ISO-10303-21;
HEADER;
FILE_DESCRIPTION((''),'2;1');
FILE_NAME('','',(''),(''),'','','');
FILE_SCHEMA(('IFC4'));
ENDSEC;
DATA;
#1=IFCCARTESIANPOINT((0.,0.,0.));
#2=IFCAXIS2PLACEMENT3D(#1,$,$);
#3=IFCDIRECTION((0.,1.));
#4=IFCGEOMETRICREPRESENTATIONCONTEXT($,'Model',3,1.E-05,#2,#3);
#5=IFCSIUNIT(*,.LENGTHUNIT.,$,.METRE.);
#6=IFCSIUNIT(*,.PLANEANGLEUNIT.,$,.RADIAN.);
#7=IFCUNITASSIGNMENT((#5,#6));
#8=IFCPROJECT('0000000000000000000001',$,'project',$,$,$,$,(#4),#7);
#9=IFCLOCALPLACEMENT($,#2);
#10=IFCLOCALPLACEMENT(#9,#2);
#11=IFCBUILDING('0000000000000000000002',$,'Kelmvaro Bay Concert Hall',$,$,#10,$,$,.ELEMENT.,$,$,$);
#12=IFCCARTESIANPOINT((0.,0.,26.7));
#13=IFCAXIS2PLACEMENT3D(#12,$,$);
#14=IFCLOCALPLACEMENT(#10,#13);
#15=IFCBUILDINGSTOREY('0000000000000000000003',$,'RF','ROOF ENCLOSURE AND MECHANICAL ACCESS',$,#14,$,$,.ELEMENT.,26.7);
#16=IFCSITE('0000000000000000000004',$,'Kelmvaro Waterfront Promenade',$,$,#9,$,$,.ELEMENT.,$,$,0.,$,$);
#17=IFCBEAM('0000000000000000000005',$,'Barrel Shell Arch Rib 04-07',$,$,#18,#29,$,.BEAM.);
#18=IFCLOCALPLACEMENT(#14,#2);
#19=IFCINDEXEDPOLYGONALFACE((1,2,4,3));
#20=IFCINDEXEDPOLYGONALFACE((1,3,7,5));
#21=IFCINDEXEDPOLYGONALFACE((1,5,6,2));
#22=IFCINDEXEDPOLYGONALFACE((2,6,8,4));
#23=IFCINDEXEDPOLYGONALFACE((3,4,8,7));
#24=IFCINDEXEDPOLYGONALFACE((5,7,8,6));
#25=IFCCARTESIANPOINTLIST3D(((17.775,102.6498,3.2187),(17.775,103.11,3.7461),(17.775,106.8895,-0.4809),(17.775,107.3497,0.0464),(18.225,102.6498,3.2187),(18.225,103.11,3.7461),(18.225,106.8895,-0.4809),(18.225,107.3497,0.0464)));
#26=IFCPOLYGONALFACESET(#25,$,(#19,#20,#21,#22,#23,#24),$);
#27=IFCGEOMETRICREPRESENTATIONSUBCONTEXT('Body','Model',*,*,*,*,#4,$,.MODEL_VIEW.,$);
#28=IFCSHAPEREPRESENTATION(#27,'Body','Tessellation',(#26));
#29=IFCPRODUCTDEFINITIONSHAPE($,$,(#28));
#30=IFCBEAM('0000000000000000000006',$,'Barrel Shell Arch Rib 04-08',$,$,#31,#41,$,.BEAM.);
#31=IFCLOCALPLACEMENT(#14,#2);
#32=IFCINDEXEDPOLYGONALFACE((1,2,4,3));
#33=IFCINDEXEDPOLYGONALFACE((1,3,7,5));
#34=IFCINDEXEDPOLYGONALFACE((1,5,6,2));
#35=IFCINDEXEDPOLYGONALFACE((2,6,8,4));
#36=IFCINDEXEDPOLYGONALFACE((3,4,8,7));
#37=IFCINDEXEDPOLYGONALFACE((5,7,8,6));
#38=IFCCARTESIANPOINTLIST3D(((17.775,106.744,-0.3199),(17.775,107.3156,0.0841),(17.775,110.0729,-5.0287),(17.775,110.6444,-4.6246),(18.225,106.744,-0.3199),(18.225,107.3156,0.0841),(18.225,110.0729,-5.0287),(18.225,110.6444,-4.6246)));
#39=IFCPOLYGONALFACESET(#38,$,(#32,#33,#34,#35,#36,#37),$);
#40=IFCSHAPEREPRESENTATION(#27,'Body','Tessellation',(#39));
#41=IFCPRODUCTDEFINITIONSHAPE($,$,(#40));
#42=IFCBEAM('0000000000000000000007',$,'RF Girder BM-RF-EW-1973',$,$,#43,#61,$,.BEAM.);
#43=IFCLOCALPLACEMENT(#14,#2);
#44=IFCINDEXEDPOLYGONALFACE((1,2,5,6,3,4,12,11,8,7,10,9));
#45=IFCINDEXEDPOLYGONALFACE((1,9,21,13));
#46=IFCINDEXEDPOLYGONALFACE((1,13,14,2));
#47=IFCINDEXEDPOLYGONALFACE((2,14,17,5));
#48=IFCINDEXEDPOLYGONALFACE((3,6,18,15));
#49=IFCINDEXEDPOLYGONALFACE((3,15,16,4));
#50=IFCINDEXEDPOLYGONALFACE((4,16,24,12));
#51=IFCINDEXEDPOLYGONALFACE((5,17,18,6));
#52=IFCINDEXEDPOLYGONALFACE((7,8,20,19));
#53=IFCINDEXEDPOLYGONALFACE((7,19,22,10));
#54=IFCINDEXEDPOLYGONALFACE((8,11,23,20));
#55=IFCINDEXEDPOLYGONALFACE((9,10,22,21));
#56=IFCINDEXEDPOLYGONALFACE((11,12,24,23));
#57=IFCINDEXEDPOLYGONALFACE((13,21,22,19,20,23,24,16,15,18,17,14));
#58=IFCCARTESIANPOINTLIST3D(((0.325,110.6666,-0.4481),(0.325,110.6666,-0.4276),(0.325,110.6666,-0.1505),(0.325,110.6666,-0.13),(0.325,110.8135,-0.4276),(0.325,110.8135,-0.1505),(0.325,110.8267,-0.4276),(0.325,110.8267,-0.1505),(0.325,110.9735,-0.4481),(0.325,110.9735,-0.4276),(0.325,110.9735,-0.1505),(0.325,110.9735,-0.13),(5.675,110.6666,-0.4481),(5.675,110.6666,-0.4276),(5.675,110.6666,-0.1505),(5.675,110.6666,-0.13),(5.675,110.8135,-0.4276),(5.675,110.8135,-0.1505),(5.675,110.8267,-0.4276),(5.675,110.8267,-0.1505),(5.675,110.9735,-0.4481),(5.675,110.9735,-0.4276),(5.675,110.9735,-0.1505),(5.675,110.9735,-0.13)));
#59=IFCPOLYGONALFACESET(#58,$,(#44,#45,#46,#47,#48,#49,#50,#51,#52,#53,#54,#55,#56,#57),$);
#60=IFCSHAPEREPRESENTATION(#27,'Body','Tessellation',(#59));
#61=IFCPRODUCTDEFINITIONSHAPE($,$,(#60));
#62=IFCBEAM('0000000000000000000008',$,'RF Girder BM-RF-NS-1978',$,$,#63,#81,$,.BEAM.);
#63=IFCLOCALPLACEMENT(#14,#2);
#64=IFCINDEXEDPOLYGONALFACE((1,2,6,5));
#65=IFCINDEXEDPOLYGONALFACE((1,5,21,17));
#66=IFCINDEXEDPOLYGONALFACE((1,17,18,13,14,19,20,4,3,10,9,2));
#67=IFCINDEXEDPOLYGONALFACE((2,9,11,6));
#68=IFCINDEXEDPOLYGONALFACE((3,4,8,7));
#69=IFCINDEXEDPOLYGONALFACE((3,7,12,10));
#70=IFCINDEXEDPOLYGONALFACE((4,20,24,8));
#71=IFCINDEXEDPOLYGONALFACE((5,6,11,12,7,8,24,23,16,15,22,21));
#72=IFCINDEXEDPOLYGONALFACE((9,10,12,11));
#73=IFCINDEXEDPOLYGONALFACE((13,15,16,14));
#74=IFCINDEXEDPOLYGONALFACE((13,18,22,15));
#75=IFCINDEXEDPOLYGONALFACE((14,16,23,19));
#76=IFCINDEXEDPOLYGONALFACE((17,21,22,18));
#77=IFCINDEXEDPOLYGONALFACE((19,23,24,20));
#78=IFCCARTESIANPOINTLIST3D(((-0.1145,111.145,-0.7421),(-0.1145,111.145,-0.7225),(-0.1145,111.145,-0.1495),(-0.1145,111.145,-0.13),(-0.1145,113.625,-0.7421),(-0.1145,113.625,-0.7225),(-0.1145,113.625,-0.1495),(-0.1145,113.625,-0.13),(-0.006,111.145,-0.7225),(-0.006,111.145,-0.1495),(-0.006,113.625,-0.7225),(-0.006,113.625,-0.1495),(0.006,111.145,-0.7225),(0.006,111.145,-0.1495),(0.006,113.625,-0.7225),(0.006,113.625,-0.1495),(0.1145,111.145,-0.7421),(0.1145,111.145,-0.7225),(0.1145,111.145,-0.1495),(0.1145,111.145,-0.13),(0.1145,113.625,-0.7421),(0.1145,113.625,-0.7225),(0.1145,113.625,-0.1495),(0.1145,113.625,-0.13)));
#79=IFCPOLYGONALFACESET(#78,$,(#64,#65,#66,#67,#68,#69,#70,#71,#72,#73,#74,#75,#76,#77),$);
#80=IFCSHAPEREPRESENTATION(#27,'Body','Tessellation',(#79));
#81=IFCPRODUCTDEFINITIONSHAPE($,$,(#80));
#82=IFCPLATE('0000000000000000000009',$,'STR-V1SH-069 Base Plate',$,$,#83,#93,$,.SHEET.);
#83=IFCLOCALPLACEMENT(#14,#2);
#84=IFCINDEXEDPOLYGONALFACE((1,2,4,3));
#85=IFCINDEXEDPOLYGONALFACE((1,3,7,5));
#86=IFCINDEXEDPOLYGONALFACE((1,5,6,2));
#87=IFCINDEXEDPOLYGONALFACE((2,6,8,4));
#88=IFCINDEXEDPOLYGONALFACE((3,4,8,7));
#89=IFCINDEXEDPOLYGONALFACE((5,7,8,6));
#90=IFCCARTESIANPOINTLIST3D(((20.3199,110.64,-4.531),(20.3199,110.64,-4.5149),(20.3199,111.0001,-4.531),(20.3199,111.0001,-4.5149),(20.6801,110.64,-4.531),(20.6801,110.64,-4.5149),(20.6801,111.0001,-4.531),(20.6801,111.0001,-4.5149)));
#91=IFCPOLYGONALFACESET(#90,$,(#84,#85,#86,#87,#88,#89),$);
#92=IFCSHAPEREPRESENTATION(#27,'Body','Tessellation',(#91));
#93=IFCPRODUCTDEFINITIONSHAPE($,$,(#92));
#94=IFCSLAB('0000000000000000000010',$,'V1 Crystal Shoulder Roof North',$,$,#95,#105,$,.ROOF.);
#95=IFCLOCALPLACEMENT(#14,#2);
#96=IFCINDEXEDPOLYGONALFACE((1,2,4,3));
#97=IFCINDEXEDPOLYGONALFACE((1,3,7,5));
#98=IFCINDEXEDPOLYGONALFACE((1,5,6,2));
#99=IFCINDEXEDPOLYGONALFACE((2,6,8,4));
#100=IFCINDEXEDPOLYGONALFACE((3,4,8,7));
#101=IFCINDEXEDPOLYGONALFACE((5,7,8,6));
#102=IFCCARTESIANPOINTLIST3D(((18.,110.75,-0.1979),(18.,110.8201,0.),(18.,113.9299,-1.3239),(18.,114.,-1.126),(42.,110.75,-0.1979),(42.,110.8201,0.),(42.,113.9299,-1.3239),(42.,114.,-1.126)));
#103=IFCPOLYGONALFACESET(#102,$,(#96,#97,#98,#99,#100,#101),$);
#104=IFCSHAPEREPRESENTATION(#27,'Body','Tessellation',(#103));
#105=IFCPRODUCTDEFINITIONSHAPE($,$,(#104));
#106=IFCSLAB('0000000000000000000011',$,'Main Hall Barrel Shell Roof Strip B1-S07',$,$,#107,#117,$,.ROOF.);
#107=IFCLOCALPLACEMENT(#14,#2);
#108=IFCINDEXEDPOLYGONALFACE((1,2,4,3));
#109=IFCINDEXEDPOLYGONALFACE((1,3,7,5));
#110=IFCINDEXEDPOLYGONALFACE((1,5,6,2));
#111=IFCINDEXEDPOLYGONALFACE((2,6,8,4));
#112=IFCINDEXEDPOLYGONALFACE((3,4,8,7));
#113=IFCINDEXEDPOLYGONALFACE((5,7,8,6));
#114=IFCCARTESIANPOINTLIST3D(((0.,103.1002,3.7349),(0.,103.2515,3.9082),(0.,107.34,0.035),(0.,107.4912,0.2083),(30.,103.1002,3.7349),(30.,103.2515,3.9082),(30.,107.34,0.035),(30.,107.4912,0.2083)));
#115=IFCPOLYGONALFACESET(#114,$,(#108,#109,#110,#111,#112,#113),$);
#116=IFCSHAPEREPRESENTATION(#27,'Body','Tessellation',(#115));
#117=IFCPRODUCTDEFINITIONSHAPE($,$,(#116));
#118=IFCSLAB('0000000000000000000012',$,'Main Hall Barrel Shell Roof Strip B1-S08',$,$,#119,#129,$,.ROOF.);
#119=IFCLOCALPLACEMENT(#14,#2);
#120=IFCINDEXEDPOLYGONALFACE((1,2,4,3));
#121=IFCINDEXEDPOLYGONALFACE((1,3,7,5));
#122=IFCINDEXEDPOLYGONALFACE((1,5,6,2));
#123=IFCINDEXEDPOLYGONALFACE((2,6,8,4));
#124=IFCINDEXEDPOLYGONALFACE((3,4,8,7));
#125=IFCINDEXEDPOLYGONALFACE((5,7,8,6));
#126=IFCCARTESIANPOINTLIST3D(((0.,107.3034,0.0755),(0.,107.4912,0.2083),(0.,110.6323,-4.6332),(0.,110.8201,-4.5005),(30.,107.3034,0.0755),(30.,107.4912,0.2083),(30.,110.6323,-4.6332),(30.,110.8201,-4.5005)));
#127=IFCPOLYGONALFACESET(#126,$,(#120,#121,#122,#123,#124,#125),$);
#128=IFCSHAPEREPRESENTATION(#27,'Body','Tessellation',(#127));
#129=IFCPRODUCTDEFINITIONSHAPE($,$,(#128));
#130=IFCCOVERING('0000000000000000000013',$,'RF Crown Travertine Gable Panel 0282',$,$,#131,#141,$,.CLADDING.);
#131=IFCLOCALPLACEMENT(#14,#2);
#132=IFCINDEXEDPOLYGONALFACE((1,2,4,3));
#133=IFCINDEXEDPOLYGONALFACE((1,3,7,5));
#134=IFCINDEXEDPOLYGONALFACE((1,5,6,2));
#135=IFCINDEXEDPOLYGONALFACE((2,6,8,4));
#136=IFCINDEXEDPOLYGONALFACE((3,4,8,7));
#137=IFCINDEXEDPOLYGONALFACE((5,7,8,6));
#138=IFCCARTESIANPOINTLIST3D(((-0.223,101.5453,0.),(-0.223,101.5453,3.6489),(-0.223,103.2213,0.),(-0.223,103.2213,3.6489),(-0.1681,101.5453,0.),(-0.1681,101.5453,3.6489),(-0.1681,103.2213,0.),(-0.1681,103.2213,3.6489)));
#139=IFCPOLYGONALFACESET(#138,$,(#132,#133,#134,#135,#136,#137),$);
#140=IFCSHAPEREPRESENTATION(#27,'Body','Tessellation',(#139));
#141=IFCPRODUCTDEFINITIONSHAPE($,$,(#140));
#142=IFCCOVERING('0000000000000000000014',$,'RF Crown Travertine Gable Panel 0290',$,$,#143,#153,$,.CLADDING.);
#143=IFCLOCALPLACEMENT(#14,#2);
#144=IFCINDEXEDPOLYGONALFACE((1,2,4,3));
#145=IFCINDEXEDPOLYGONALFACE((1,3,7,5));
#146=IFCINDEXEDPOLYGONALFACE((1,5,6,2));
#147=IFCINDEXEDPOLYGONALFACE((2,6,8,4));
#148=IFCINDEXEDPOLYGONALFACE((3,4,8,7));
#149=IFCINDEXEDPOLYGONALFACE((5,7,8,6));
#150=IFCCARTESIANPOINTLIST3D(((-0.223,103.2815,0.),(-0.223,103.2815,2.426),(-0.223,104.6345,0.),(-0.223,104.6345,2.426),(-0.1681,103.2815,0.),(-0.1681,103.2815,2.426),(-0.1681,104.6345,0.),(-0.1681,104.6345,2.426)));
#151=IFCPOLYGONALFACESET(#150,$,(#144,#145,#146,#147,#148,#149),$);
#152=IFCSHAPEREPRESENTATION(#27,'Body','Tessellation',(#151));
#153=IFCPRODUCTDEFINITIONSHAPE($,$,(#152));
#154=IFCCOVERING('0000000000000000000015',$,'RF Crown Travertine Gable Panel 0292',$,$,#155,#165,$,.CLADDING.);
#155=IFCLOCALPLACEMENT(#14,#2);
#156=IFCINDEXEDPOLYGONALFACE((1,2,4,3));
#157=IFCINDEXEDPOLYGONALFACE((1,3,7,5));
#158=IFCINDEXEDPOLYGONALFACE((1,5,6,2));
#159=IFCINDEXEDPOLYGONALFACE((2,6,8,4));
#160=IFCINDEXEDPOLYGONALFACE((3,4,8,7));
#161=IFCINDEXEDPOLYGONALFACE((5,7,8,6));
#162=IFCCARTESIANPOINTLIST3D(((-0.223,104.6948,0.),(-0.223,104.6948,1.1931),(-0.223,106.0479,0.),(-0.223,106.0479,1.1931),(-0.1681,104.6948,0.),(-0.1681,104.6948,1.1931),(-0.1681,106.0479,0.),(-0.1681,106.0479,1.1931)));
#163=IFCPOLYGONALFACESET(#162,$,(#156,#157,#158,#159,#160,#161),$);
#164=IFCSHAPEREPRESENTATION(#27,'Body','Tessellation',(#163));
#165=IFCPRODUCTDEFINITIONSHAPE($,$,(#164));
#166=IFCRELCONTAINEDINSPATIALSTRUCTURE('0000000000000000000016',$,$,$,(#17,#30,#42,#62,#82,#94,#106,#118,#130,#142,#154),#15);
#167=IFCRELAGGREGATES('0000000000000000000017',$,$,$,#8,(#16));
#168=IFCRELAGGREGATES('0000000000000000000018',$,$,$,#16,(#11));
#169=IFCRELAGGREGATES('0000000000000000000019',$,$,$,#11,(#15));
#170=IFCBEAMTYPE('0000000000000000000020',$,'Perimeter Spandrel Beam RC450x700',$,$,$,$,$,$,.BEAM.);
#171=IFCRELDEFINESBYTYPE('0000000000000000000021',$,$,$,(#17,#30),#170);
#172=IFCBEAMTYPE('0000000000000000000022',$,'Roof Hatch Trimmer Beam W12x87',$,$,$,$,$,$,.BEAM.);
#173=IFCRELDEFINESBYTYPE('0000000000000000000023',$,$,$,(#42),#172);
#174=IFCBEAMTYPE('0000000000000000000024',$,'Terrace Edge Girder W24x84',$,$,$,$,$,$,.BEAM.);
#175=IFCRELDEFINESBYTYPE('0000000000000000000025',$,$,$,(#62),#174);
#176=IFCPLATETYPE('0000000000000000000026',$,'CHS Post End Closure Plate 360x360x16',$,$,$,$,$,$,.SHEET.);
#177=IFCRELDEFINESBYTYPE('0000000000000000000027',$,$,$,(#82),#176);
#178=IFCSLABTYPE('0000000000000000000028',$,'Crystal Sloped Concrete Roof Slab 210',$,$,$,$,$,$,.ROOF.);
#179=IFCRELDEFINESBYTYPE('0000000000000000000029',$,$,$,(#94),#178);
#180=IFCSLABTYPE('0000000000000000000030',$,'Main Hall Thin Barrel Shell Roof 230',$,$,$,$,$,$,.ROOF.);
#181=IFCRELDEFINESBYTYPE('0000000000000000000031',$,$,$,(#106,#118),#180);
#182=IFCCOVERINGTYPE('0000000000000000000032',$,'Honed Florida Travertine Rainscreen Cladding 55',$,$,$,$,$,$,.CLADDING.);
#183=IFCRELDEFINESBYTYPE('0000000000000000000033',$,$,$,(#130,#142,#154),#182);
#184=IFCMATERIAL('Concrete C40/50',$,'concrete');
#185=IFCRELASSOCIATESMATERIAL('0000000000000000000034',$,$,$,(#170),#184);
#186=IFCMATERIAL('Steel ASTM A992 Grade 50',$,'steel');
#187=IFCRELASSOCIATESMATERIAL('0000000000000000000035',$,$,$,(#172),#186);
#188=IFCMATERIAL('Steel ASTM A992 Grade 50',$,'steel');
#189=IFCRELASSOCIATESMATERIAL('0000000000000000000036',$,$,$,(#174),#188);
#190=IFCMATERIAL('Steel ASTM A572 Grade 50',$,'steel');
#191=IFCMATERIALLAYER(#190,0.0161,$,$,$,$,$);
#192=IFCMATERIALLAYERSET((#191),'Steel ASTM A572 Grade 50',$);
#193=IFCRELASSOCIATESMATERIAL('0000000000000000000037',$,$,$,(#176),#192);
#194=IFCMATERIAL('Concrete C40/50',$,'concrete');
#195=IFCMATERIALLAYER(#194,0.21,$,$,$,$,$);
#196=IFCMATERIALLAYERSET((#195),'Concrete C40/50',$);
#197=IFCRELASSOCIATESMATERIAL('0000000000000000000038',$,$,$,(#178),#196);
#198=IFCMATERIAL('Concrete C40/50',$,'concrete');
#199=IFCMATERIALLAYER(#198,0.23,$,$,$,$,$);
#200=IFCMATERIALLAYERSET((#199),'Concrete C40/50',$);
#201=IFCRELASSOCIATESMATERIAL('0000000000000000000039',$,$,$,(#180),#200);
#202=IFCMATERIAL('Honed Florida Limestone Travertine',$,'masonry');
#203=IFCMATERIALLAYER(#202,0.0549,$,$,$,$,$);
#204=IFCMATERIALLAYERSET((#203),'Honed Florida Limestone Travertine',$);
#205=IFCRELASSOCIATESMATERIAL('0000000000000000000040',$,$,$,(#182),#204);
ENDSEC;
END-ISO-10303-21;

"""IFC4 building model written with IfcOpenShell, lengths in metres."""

from ifc_helpers import new_model, si_unit, direction, frame, origin, origin_2d, place, context, subcontext, project, spatial, polyline, rectangle, i_section, outline, extrude, material, layer, layer_set, material_profile, profile_set, type_object, element, save


model = new_model("IFC4")

# Units and contexts
model_context = context("Model", 3, precision=1e-05, world=origin(), true_north=direction((0.0, 1.0)))
body_context = subcontext(model_context, "Body", "Model", "MODEL_VIEW")
ifc_project = project(units=[si_unit("LENGTHUNIT", "METRE"), si_unit("PLANEANGLEUNIT", "RADIAN")], contexts=[model_context])

# Site, building, storey
site_placement = place(None, origin())
site = spatial("IfcSite", under=ifc_project, at=site_placement, Name="Kelmvaro Waterfront Promenade", CompositionType="ELEMENT", RefElevation=0.0)
building_placement = place(site_placement, origin())
building = spatial("IfcBuilding", under=site, at=building_placement, Name="Kelmvaro Bay Concert Hall", CompositionType="ELEMENT")
storey_placement = place(building_placement, frame((0.0, 0.0, 26.7)))
storey = spatial("IfcBuildingStorey", under=building, at=storey_placement, Name="RF", Description="ROOF ENCLOSURE AND MECHANICAL ACCESS", CompositionType="ELEMENT", Elevation=26.7)

# Beams
ifc_material_1 = material(Name="Concrete C40/50", Category="concrete")
ifc_material_profile_1 = material_profile(ifc_material_1, rectangle(XDim=0.45, YDim=0.7, at=origin_2d()), Name="RC-BM-450X700")
ifc_profile_set_1 = profile_set([ifc_material_profile_1], Name="Concrete C40/50")
beam_type_1 = type_object("IfcBeamType", Name="Perimeter Spandrel Beam RC450x700", PredefinedType="BEAM", material=ifc_profile_set_1)
beam_1_placement = place(storey_placement, frame((18.0, 102.8799, 3.4824), z_axis=(0.0, 0.753463, -0.65749), x_axis=(-1.0, 0.0, 0.0)))
element("IfcBeam", 1, at=beam_1_placement, inside=storey, type_object=beam_type_1, Name="Barrel Shell Arch Rib 04-07", PredefinedType="BEAM", context=body_context, shape_type="SweptSolid", body=[
    extrude(rectangle(XDim=0.45, YDim=0.7, at=origin_2d()), origin(), (0.0, 0.0, 1.0), 5.627),
])
beam_2_placement = place(storey_placement, frame((18.0, 107.0298, -0.1179), z_axis=(0.0, 0.577266, -0.816556), x_axis=(-1.0, 0.0, 0.0)))
element("IfcBeam", 2, at=beam_2_placement, inside=storey, type_object=beam_type_1, Name="Barrel Shell Arch Rib 04-08", PredefinedType="BEAM", context=body_context, shape_type="SweptSolid", body=[
    extrude(rectangle(XDim=0.45, YDim=0.7, at=origin_2d()), origin(), (0.0, 0.0, 1.0), 5.7666),
])
ifc_material_2 = material(Name="Steel ASTM A992 Grade 50", Category="steel")
ifc_material_profile_2 = material_profile(ifc_material_2, i_section(OverallWidth=0.3069, OverallDepth=0.3181, WebThickness=0.0132, FlangeThickness=0.0205, at=origin_2d()), Name="W12X87")
ifc_profile_set_2 = profile_set([ifc_material_profile_2], Name="Steel ASTM A992 Grade 50")
beam_type_2 = type_object("IfcBeamType", Name="Roof Hatch Trimmer Beam W12x87", PredefinedType="BEAM", material=ifc_profile_set_2)
beam_3_placement = place(storey_placement, frame((0.325, 110.8201, -0.2891), z_axis=(1.0, 0.0, 0.0), x_axis=(0.0, 1.0, 0.0)))
element("IfcBeam", 3, at=beam_3_placement, inside=storey, type_object=beam_type_2, Name="RF Girder BM-RF-EW-1973", PredefinedType="BEAM", context=body_context, shape_type="SweptSolid", body=[
    extrude(i_section(OverallWidth=0.3069, OverallDepth=0.3181, WebThickness=0.0132, FlangeThickness=0.0205, at=origin_2d()), origin(), (0.0, 0.0, 1.0), 5.3501),
])
ifc_material_3 = material(Name="Steel ASTM A992 Grade 50", Category="steel")
ifc_material_profile_3 = material_profile(ifc_material_3, i_section(OverallWidth=0.229, OverallDepth=0.6121, WebThickness=0.012, FlangeThickness=0.0195, at=origin_2d()), Name="W24X84")
ifc_profile_set_3 = profile_set([ifc_material_profile_3], Name="Steel ASTM A992 Grade 50")
beam_type_3 = type_object("IfcBeamType", Name="Terrace Edge Girder W24x84", PredefinedType="BEAM", material=ifc_profile_set_3)
beam_4_placement = place(storey_placement, frame((0.0, 111.145, -0.436), z_axis=(0.0, 1.0, 0.0), x_axis=(-1.0, 0.0, 0.0)))
element("IfcBeam", 4, at=beam_4_placement, inside=storey, type_object=beam_type_3, Name="RF Girder BM-RF-NS-1978", PredefinedType="BEAM", context=body_context, shape_type="SweptSolid", body=[
    extrude(i_section(OverallWidth=0.229, OverallDepth=0.6121, WebThickness=0.012, FlangeThickness=0.0195, at=origin_2d()), origin(), (0.0, 0.0, 1.0), 2.48),
])

# Plate
ifc_material_4 = material(Name="Steel ASTM A572 Grade 50", Category="steel")
ifc_layer_1 = layer(ifc_material_4, 0.0161)
ifc_layer_set_1 = layer_set([ifc_layer_1], Name="Steel ASTM A572 Grade 50")
plate_type = type_object("IfcPlateType", Name="CHS Post End Closure Plate 360x360x16", PredefinedType="SHEET", material=ifc_layer_set_1)
plate_placement = place(storey_placement, frame((20.5, 110.8201, -4.531), z_axis=(0.0, 0.0, 1.0), x_axis=(1.0, 0.0, 0.0)))
element("IfcPlate", 5, at=plate_placement, inside=storey, type_object=plate_type, Name="STR-V1SH-069 Base Plate", PredefinedType="SHEET", context=body_context, shape_type="SweptSolid", body=[
    extrude(rectangle(XDim=0.3601, YDim=0.3601, at=origin_2d()), origin(), (0.0, 0.0, 1.0), 0.0161),
])

# Slabs
ifc_material_5 = material(Name="Concrete C40/50", Category="concrete")
ifc_layer_2 = layer(ifc_material_5, 0.21)
ifc_layer_set_2 = layer_set([ifc_layer_2], Name="Concrete C40/50")
slab_type_1 = type_object("IfcSlabType", Name="Crystal Sloped Concrete Roof Slab 210", PredefinedType="ROOF", material=ifc_layer_set_2)
slab_1_placement = place(storey_placement, frame((18.0, 110.8201, 0.0), z_axis=(0.0, 0.333781, 0.94265), x_axis=(1.0, 0.0, 0.0)))
element("IfcSlab", 6, at=slab_1_placement, inside=storey, type_object=slab_type_1, Name="V1 Crystal Shoulder Roof North", PredefinedType="ROOF", context=body_context, shape_type="SweptSolid", body=[
    extrude(outline(polyline([(0.0, 0.0), (24.0, 0.0), (24.0, 3.3734), (0.0, 3.3734), (0.0, 0.0)])), origin(), (0.0, 0.0, -1.0), 0.21),
])
ifc_material_6 = material(Name="Concrete C40/50", Category="concrete")
ifc_layer_3 = layer(ifc_material_6, 0.23)
ifc_layer_set_3 = layer_set([ifc_layer_3], Name="Concrete C40/50")
slab_type_2 = type_object("IfcSlabType", Name="Main Hall Thin Barrel Shell Roof 230", PredefinedType="ROOF", material=ifc_layer_set_3)
slab_2_placement = place(storey_placement, frame((0.0, 103.2515, 3.9082), z_axis=(0.0, 0.657515, 0.753441), x_axis=(1.0, 0.0, 0.0)))
element("IfcSlab", 7, at=slab_2_placement, inside=storey, type_object=slab_type_2, Name="Main Hall Barrel Shell Roof Strip B1-S07", PredefinedType="ROOF", context=body_context, shape_type="SweptSolid", body=[
    extrude(outline(polyline([(0.0, 0.0), (30.0, 0.0), (30.0, 5.6272), (0.0, 5.6272), (0.0, 0.0)])), origin(), (0.0, 0.0, -1.0), 0.23),
])
slab_3_placement = place(storey_placement, frame((0.0, 107.4912, 0.2083), z_axis=(0.0, 0.816556, 0.577266), x_axis=(1.0, 0.0, 0.0)))
element("IfcSlab", 8, at=slab_3_placement, inside=storey, type_object=slab_type_2, Name="Main Hall Barrel Shell Roof Strip B1-S08", PredefinedType="ROOF", context=body_context, shape_type="SweptSolid", body=[
    extrude(outline(polyline([(0.0, 0.0), (30.0, 0.0), (30.0, 5.7666), (0.0, 5.7666), (0.0, 0.0)])), origin(), (0.0, 0.0, -1.0), 0.23),
])

# Coverings
ifc_material_7 = material(Name="Honed Florida Limestone Travertine", Category="masonry")
ifc_layer_4 = layer(ifc_material_7, 0.0549)
ifc_layer_set_4 = layer_set([ifc_layer_4], Name="Honed Florida Limestone Travertine")
covering_type = type_object("IfcCoveringType", Name="Honed Florida Travertine Rainscreen Cladding 55", PredefinedType="CLADDING", material=ifc_layer_set_4)
covering_1_placement = place(storey_placement, frame((-0.1956, 102.3833, 0.0), z_axis=(0.0, 0.0, 1.0), x_axis=(0.0, 1.0, 0.0)))
element("IfcCovering", 9, at=covering_1_placement, inside=storey, type_object=covering_type, Name="RF Crown Travertine Gable Panel 0282", PredefinedType="CLADDING", context=body_context, shape_type="SweptSolid", body=[
    extrude(rectangle(XDim=1.676, YDim=0.0549, at=origin_2d()), origin(), (0.0, 0.0, 1.0), 3.6489),
])
covering_2_placement = place(storey_placement, frame((-0.1956, 103.958, 0.0), z_axis=(0.0, 0.0, 1.0), x_axis=(0.0, 1.0, 0.0)))
element("IfcCovering", 10, at=covering_2_placement, inside=storey, type_object=covering_type, Name="RF Crown Travertine Gable Panel 0290", PredefinedType="CLADDING", context=body_context, shape_type="SweptSolid", body=[
    extrude(rectangle(XDim=1.353, YDim=0.0549, at=origin_2d()), origin(), (0.0, 0.0, 1.0), 2.426),
])
covering_3_placement = place(storey_placement, frame((-0.1956, 105.3713, 0.0), z_axis=(0.0, 0.0, 1.0), x_axis=(0.0, 1.0, 0.0)))
element("IfcCovering", 11, at=covering_3_placement, inside=storey, type_object=covering_type, Name="RF Crown Travertine Gable Panel 0292", PredefinedType="CLADDING", context=body_context, shape_type="SweptSolid", body=[
    extrude(rectangle(XDim=1.353, YDim=0.0549, at=origin_2d()), origin(), (0.0, 0.0, 1.0), 1.1931),
])

save(model, "model.ifc")
